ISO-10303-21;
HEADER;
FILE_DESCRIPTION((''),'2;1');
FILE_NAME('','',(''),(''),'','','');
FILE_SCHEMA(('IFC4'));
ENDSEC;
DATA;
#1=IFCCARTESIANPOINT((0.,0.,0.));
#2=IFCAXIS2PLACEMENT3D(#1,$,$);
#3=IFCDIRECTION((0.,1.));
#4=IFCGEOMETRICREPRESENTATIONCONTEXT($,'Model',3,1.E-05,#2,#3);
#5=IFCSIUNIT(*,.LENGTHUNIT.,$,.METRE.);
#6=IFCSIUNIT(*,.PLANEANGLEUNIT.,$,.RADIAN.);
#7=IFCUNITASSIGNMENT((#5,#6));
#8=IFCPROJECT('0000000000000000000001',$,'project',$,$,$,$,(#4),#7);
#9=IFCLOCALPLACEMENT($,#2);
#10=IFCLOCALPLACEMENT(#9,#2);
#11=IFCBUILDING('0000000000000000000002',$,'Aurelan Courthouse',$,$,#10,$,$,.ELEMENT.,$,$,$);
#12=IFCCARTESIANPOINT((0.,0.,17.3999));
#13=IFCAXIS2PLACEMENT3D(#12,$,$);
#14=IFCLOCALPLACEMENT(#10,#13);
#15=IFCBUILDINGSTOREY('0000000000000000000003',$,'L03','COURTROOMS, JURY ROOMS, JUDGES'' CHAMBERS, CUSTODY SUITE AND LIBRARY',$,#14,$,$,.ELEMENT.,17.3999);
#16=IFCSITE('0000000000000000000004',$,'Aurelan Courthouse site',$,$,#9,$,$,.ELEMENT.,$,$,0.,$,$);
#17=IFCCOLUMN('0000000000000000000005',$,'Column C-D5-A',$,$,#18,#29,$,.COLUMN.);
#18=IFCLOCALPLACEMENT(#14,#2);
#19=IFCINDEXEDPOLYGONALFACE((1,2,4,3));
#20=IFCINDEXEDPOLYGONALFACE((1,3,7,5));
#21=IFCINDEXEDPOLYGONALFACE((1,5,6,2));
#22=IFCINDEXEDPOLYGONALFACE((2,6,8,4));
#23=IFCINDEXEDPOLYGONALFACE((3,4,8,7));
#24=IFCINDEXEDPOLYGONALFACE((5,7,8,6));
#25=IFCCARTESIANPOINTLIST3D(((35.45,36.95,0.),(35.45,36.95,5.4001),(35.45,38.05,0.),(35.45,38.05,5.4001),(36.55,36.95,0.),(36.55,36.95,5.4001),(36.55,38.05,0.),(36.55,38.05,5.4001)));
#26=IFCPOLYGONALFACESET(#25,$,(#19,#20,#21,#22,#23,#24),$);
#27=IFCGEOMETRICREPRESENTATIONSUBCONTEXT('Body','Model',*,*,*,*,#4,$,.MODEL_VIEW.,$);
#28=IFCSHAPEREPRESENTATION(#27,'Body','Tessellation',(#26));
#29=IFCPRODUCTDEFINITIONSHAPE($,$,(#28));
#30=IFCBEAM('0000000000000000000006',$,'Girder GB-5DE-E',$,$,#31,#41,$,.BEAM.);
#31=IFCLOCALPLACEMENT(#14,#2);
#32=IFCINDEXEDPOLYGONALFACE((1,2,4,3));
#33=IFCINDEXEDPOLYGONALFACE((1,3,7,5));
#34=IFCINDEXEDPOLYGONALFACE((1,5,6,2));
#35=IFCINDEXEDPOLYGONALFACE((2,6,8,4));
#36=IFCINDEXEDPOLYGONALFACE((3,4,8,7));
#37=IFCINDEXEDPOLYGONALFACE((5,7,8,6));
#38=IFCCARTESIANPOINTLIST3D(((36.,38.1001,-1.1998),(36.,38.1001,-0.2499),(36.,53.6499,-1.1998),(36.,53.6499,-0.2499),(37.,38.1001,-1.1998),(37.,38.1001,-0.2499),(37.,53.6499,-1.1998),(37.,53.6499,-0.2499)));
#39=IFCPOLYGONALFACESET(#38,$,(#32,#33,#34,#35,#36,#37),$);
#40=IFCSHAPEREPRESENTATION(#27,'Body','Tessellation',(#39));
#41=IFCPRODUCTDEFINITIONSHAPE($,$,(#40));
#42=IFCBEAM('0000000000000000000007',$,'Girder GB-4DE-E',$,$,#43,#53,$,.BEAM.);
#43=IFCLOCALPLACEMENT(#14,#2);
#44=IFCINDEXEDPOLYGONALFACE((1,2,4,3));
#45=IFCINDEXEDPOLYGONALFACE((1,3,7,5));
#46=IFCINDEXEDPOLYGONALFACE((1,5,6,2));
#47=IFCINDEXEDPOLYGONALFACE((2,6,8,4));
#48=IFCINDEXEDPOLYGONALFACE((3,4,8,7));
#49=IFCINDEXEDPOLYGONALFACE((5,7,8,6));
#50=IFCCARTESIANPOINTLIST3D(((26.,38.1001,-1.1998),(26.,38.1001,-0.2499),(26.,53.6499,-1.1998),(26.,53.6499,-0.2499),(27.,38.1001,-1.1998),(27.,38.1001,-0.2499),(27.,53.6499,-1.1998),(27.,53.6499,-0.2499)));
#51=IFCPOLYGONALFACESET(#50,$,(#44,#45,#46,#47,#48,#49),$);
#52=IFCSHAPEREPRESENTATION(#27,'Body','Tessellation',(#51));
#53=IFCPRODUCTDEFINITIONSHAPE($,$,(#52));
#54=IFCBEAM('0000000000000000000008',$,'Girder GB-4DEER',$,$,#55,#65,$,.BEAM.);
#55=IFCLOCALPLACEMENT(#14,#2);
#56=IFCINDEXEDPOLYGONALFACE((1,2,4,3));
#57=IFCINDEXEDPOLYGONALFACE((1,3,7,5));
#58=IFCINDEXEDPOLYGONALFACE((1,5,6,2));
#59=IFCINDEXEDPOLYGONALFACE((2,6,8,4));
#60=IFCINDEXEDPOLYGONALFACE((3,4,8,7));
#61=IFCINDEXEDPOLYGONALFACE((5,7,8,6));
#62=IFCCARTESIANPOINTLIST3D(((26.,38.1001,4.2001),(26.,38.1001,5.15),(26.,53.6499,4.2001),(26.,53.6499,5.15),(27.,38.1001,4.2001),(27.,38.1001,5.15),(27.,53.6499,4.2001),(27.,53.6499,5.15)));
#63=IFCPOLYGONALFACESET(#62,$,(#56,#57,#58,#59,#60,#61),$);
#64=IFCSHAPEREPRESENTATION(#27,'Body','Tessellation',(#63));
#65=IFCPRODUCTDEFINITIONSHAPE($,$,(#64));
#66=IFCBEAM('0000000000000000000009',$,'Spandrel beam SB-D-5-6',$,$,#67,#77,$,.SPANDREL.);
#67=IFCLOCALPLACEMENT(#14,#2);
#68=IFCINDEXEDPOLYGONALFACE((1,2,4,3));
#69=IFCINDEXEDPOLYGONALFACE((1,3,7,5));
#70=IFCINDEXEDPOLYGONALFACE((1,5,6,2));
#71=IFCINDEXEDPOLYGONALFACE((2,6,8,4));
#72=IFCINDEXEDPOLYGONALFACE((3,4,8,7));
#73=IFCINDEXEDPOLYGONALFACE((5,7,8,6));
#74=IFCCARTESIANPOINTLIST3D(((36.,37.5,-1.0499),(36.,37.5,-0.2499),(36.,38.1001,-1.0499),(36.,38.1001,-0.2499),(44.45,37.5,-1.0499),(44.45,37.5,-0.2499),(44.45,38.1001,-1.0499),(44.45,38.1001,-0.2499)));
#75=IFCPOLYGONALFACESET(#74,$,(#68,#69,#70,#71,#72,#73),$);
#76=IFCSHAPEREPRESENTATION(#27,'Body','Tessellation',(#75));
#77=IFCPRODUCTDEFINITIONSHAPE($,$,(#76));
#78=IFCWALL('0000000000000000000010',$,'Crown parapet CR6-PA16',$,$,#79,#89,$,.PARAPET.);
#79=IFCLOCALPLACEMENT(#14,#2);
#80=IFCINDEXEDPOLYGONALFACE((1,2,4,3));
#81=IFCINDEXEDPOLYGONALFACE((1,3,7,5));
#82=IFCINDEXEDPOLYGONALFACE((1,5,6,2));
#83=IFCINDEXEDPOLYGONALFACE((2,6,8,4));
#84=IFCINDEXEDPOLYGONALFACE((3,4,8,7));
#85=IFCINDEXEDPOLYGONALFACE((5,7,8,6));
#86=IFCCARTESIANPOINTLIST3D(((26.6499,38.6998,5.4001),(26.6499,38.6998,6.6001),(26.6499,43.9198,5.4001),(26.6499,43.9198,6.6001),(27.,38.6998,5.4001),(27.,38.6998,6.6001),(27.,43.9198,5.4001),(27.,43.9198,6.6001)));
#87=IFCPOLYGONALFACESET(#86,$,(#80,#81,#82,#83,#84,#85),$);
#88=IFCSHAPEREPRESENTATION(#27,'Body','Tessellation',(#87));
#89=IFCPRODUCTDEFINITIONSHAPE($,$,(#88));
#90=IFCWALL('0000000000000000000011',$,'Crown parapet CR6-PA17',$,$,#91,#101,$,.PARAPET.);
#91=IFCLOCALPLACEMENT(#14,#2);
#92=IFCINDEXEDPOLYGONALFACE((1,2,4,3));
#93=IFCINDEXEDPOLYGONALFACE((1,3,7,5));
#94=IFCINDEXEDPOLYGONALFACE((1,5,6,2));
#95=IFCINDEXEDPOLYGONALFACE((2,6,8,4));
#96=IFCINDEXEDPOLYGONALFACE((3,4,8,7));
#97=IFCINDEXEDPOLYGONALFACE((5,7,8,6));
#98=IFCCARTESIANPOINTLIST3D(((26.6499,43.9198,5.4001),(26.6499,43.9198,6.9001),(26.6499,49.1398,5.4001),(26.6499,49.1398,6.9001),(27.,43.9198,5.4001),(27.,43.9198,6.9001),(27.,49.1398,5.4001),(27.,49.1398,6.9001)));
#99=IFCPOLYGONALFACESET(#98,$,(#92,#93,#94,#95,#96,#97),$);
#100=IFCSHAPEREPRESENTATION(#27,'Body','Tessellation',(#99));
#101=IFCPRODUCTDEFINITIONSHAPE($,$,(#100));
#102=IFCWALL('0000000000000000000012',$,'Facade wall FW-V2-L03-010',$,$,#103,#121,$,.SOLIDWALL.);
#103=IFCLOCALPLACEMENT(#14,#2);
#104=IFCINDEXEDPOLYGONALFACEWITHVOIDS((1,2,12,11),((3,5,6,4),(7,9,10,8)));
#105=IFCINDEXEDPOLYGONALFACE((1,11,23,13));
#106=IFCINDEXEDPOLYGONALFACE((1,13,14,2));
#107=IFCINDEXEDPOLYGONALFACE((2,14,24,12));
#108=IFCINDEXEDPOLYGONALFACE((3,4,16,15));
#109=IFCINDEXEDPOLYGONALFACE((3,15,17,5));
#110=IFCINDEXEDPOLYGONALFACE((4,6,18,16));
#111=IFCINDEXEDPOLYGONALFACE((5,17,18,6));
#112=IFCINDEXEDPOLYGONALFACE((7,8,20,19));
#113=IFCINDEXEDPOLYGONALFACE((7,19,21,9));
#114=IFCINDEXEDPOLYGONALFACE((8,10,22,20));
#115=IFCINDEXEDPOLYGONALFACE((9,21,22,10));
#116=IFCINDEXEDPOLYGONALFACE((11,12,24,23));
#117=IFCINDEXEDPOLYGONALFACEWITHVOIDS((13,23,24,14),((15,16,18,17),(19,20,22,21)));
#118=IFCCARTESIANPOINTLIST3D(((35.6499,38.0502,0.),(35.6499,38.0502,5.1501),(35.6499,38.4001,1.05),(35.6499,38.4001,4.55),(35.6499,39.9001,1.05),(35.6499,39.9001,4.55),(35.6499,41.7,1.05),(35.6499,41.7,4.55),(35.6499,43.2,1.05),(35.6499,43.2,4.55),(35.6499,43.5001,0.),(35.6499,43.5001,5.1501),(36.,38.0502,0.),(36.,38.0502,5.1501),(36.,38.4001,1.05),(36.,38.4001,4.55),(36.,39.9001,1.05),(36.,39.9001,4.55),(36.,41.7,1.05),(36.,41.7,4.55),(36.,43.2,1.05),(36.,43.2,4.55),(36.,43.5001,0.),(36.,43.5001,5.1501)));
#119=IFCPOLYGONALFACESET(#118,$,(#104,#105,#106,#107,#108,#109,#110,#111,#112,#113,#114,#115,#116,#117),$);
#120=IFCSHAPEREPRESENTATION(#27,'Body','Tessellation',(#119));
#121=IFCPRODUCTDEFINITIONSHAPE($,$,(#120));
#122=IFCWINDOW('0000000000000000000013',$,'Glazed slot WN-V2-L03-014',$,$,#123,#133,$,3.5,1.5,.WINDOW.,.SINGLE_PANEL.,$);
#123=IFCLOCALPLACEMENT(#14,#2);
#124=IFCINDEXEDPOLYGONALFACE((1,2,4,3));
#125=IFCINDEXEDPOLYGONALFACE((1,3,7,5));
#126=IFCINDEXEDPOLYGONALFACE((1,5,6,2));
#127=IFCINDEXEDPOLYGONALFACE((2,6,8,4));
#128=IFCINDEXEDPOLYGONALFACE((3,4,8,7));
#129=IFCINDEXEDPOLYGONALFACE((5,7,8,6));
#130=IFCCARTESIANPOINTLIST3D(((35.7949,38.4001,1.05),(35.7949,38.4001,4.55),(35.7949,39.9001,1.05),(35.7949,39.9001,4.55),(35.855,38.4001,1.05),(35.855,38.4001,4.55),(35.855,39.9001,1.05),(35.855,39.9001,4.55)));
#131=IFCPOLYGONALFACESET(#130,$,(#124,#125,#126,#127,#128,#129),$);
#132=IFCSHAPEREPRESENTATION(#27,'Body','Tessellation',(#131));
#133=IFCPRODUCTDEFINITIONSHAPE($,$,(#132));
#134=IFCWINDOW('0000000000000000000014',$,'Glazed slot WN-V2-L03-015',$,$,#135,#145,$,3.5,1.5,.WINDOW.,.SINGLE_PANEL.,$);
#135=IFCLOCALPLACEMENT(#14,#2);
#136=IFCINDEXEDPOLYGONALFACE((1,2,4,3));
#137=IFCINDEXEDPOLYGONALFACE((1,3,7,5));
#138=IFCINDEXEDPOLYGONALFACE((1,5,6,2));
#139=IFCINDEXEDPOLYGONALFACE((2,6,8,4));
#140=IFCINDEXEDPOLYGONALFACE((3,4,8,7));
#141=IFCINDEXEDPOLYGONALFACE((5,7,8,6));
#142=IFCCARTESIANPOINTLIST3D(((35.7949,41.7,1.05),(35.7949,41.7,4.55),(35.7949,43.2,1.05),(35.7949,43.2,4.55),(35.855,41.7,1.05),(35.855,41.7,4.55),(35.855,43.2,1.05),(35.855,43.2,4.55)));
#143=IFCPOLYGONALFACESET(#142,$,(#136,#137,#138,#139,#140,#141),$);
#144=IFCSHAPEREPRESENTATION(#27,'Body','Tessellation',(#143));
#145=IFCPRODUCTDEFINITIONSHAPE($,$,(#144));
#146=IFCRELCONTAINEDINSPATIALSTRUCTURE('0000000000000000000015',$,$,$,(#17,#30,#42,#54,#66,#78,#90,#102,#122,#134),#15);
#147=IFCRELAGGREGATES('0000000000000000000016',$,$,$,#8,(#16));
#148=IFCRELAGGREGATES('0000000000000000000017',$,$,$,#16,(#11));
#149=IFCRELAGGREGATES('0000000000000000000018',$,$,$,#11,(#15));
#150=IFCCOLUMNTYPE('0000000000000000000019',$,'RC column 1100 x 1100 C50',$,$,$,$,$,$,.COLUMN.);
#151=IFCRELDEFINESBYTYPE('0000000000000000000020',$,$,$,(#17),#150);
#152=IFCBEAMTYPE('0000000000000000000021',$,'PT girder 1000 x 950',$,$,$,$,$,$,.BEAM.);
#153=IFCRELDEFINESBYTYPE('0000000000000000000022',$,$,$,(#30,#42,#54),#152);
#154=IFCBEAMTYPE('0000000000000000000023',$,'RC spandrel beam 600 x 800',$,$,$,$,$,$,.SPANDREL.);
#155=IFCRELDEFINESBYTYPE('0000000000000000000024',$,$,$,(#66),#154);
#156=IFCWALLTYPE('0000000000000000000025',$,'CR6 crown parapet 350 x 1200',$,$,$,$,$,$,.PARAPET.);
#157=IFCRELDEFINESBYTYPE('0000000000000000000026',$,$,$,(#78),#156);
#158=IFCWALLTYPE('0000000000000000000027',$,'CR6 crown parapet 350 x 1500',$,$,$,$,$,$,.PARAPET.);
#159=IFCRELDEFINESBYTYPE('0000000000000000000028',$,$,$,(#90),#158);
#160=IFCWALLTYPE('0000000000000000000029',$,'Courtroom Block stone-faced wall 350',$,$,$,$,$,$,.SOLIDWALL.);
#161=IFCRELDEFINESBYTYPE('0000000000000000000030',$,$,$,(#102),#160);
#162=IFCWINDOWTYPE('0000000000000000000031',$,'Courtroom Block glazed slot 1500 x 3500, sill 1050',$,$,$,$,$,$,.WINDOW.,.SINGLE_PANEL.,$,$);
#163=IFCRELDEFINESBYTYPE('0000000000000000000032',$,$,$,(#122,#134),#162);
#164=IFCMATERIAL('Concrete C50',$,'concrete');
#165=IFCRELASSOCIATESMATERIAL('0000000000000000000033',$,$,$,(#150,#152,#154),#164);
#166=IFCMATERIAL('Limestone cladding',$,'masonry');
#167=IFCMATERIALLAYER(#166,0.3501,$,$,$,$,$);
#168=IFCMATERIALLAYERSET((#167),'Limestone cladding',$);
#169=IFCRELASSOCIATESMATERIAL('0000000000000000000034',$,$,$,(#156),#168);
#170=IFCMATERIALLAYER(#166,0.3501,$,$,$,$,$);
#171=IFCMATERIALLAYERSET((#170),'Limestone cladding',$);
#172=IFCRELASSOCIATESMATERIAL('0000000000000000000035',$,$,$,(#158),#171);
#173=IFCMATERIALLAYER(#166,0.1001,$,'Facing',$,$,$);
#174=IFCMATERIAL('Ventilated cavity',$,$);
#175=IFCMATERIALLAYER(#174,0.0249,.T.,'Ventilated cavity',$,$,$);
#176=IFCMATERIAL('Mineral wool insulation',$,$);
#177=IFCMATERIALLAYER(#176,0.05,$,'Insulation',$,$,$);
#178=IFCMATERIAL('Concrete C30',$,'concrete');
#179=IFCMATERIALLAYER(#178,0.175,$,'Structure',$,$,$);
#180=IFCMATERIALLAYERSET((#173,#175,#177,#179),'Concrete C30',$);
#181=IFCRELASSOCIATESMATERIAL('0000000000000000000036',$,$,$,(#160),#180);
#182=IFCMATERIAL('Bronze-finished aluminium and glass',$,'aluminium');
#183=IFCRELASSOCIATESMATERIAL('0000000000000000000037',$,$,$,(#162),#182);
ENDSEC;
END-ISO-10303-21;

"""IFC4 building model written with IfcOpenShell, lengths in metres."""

from ifc_helpers import new_model, si_unit, direction, frame, frame_2d, origin, origin_2d, place, context, subcontext, project, spatial, rectangle, extrude, material, layer, layer_set, material_profile, profile_set, type_object, element, fill, save


model = new_model("IFC4")

# Units and contexts
model_context = context("Model", 3, precision=1e-05, world=origin(), true_north=direction((0.0, 1.0)))
body_context = subcontext(model_context, "Body", "Model", "MODEL_VIEW")
ifc_project = project(units=[si_unit("LENGTHUNIT", "METRE"), si_unit("PLANEANGLEUNIT", "RADIAN")], contexts=[model_context])

# Site, building, storey
site_placement = place(None, origin())
site = spatial("IfcSite", under=ifc_project, at=site_placement, Name="Aurelan Courthouse site", CompositionType="ELEMENT", RefElevation=0.0)
building_placement = place(site_placement, origin())
building = spatial("IfcBuilding", under=site, at=building_placement, Name="Aurelan Courthouse", CompositionType="ELEMENT")
storey_placement = place(building_placement, frame((0.0, 0.0, 17.3999)))
storey = spatial("IfcBuildingStorey", under=building, at=storey_placement, Name="L03", Description="COURTROOMS, JURY ROOMS, JUDGES' CHAMBERS, CUSTODY SUITE AND LIBRARY", CompositionType="ELEMENT", Elevation=17.3999)

# Column
ifc_material_1 = material(Name="Concrete C50", Category="concrete")
ifc_material_profile_1 = material_profile(ifc_material_1, rectangle(XDim=1.1001, YDim=1.1001, at=origin_2d()), Name="RC 1100 x 1100")
ifc_profile_set_1 = profile_set([ifc_material_profile_1], Name="Concrete C50")
column_type = type_object("IfcColumnType", Name="RC column 1100 x 1100 C50", PredefinedType="COLUMN", material=ifc_profile_set_1)
column_placement = place(storey_placement, frame((36.0, 37.5, 0.0), z_axis=(0.0, 0.0, 1.0), x_axis=(1.0, 0.0, 0.0)))
element("IfcColumn", 1, at=column_placement, inside=storey, type_object=column_type, Name="Column C-D5-A", PredefinedType="COLUMN", context=body_context, shape_type="SweptSolid", body=[
    extrude(rectangle(XDim=1.1001, YDim=1.1001, at=origin_2d()), origin(), (0.0, 0.0, 1.0), 5.4001),
])

# Beams
ifc_material_profile_2 = material_profile(ifc_material_1, rectangle(XDim=1.0, YDim=0.95, at=origin_2d()), Name="RC 1000 x 950")
ifc_profile_set_2 = profile_set([ifc_material_profile_2], Name="Concrete C50")
beam_type_1 = type_object("IfcBeamType", Name="PT girder 1000 x 950", PredefinedType="BEAM", material=ifc_profile_set_2)
for number, where, z_axis, x_axis, name in (
    (2, (36.5, 38.1001, -0.7249), (0.0, 1.0, 0.0), (-1.0, 0.0, 0.0), "Girder GB-5DE-E"),
    (3, (26.5, 38.1001, -0.7249), (0.0, 1.0, 0.0), (-1.0, 0.0, 0.0), "Girder GB-4DE-E"),
    (4, (26.5, 38.1001, 4.675), (0.0, 1.0, 0.0), (-1.0, 0.0, 0.0), "Girder GB-4DEER"),
):
    element("IfcBeam", number, at=place(storey_placement, frame(where, z_axis=z_axis, x_axis=x_axis)), inside=storey, type_object=beam_type_1, Name=name, PredefinedType="BEAM", context=body_context, shape_type="SweptSolid", body=[
        extrude(rectangle(XDim=1.0, YDim=0.95, at=origin_2d()), origin(), (0.0, 0.0, 1.0), 15.5498),
    ])
ifc_material_profile_3 = material_profile(ifc_material_1, rectangle(XDim=0.6001, YDim=0.8, at=origin_2d()), Name="RC 600 x 800")
ifc_profile_set_3 = profile_set([ifc_material_profile_3], Name="Concrete C50")
beam_type_2 = type_object("IfcBeamType", Name="RC spandrel beam 600 x 800", PredefinedType="SPANDREL", material=ifc_profile_set_3)
beam_placement = place(storey_placement, frame((36.0, 37.8, -0.6499), z_axis=(1.0, 0.0, 0.0), x_axis=(0.0, 1.0, 0.0)))
element("IfcBeam", 5, at=beam_placement, inside=storey, type_object=beam_type_2, Name="Spandrel beam SB-D-5-6", PredefinedType="SPANDREL", context=body_context, shape_type="SweptSolid", body=[
    extrude(rectangle(XDim=0.6001, YDim=0.8, at=origin_2d()), origin(), (0.0, 0.0, 1.0), 8.45),
])

# Walls
ifc_material_2 = material(Name="Limestone cladding", Category="masonry")
ifc_layer_1 = layer(ifc_material_2, 0.3501)
ifc_layer_set_1 = layer_set([ifc_layer_1], Name="Limestone cladding")
wall_type_1 = type_object("IfcWallType", Name="CR6 crown parapet 350 x 1200", PredefinedType="PARAPET", material=ifc_layer_set_1)
wall_1_placement = place(storey_placement, frame((26.825, 38.7, 5.4001), z_axis=(0.0, 0.0, 1.0), x_axis=(0.0, 1.0, 0.0)))
element("IfcWall", 6, at=wall_1_placement, inside=storey, type_object=wall_type_1, Name="Crown parapet CR6-PA16", PredefinedType="PARAPET", context=body_context, shape_type="SweptSolid", body=[
    extrude(rectangle(XDim=5.22, YDim=0.3501, at=frame_2d((2.6099, 0.0))), origin(), (0.0, 0.0, 1.0), 1.2),
])
ifc_layer_2 = layer(ifc_material_2, 0.3501)
ifc_layer_set_2 = layer_set([ifc_layer_2], Name="Limestone cladding")
wall_type_2 = type_object("IfcWallType", Name="CR6 crown parapet 350 x 1500", PredefinedType="PARAPET", material=ifc_layer_set_2)
wall_2_placement = place(storey_placement, frame((26.825, 43.9199, 5.4001), z_axis=(0.0, 0.0, 1.0), x_axis=(0.0, 1.0, 0.0)))
element("IfcWall", 7, at=wall_2_placement, inside=storey, type_object=wall_type_2, Name="Crown parapet CR6-PA17", PredefinedType="PARAPET", context=body_context, shape_type="SweptSolid", body=[
    extrude(rectangle(XDim=5.22, YDim=0.3501, at=frame_2d((2.6099, 0.0))), origin(), (0.0, 0.0, 1.0), 1.5),
])

# Wall, openings, windows
ifc_layer_3 = layer(ifc_material_2, 0.1001, Name="Facing")
ifc_material_3 = material(Name="Ventilated cavity")
ifc_layer_4 = layer(ifc_material_3, 0.0249, ventilated=True, Name="Ventilated cavity")
ifc_material_4 = material(Name="Mineral wool insulation")
ifc_layer_5 = layer(ifc_material_4, 0.05, Name="Insulation")
ifc_material_5 = material(Name="Concrete C30", Category="concrete")
ifc_layer_6 = layer(ifc_material_5, 0.175, Name="Structure")
ifc_layer_set_3 = layer_set([ifc_layer_3, ifc_layer_4, ifc_layer_5, ifc_layer_6], Name="Concrete C30")
wall_type_3 = type_object("IfcWallType", Name="Courtroom Block stone-faced wall 350", PredefinedType="SOLIDWALL", material=ifc_layer_set_3)
wall_3_placement = place(storey_placement, frame((35.825, 38.05, 0.0), z_axis=(0.0, 0.0, 1.0), x_axis=(0.0, 1.0, 0.0)))
wall_3 = element("IfcWall", 8, at=wall_3_placement, inside=storey, type_object=wall_type_3, Name="Facade wall FW-V2-L03-010", PredefinedType="SOLIDWALL", context=body_context, shape_type="SweptSolid", body=[
    extrude(rectangle(XDim=5.45, YDim=0.3501, at=frame_2d((2.7251, 0.0))), origin(), (0.0, 0.0, 1.0), 5.1501),
])
opening_1_placement = place(wall_3_placement, frame((0.3501, 0.0, 1.05)))
opening_1 = element("IfcOpeningElement", 9, at=opening_1_placement, cuts=wall_3, PredefinedType="OPENING", context=body_context, shape_type="SweptSolid", body=[
    extrude(rectangle(XDim=1.5, YDim=3.5, at=frame_2d((0.75, 1.75))), frame((0.0, 0.1851, 0.0), z_axis=(0.0, -1.0, 0.0), x_axis=(1.0, 0.0, 0.0)), (0.0, 0.0, 1.0), 0.3701),
])
opening_2_placement = place(wall_3_placement, frame((3.6499, 0.0, 1.05)))
opening_2 = element("IfcOpeningElement", 10, at=opening_2_placement, cuts=wall_3, PredefinedType="OPENING", context=body_context, shape_type="SweptSolid", body=[
    extrude(rectangle(XDim=1.5, YDim=3.5, at=frame_2d((0.75, 1.75))), frame((0.0, 0.1851, 0.0), z_axis=(0.0, -1.0, 0.0), x_axis=(1.0, 0.0, 0.0)), (0.0, 0.0, 1.0), 0.3701),
])
ifc_material_6 = material(Name="Bronze-finished aluminium and glass", Category="aluminium")
window_type_1 = type_object("IfcWindowType", Name="Courtroom Block glazed slot 1500 x 3500, sill 1050", PartitioningType="SINGLE_PANEL", PredefinedType="WINDOW", material=ifc_material_6)
window_1_placement = place(opening_1_placement, origin())
window_1 = element("IfcWindow", 11, at=window_1_placement, inside=storey, type_object=window_type_1, Name="Glazed slot WN-V2-L03-014", OverallHeight=3.5, OverallWidth=1.5, PartitioningType="SINGLE_PANEL", PredefinedType="WINDOW", context=body_context, shape_type="SweptSolid", body=[
    extrude(rectangle(XDim=1.5, YDim=3.5, at=frame_2d((0.75, 1.75))), frame((0.0, 0.03, 0.0), z_axis=(0.0, -1.0, 0.0), x_axis=(1.0, 0.0, 0.0)), (0.0, 0.0, 1.0), 0.0601),
])
fill(opening_1, window_1)
window_2_placement = place(opening_2_placement, origin())
window_2 = element("IfcWindow", 12, at=window_2_placement, inside=storey, type_object=window_type_1, Name="Glazed slot WN-V2-L03-015", OverallHeight=3.5, OverallWidth=1.5, PartitioningType="SINGLE_PANEL", PredefinedType="WINDOW", context=body_context, shape_type="SweptSolid", body=[
    extrude(rectangle(XDim=1.5, YDim=3.5, at=frame_2d((0.75, 1.75))), frame((0.0, 0.03, 0.0), z_axis=(0.0, -1.0, 0.0), x_axis=(1.0, 0.0, 0.0)), (0.0, 0.0, 1.0), 0.0601),
])
fill(opening_2, window_2)

save(model, "model.ifc")
